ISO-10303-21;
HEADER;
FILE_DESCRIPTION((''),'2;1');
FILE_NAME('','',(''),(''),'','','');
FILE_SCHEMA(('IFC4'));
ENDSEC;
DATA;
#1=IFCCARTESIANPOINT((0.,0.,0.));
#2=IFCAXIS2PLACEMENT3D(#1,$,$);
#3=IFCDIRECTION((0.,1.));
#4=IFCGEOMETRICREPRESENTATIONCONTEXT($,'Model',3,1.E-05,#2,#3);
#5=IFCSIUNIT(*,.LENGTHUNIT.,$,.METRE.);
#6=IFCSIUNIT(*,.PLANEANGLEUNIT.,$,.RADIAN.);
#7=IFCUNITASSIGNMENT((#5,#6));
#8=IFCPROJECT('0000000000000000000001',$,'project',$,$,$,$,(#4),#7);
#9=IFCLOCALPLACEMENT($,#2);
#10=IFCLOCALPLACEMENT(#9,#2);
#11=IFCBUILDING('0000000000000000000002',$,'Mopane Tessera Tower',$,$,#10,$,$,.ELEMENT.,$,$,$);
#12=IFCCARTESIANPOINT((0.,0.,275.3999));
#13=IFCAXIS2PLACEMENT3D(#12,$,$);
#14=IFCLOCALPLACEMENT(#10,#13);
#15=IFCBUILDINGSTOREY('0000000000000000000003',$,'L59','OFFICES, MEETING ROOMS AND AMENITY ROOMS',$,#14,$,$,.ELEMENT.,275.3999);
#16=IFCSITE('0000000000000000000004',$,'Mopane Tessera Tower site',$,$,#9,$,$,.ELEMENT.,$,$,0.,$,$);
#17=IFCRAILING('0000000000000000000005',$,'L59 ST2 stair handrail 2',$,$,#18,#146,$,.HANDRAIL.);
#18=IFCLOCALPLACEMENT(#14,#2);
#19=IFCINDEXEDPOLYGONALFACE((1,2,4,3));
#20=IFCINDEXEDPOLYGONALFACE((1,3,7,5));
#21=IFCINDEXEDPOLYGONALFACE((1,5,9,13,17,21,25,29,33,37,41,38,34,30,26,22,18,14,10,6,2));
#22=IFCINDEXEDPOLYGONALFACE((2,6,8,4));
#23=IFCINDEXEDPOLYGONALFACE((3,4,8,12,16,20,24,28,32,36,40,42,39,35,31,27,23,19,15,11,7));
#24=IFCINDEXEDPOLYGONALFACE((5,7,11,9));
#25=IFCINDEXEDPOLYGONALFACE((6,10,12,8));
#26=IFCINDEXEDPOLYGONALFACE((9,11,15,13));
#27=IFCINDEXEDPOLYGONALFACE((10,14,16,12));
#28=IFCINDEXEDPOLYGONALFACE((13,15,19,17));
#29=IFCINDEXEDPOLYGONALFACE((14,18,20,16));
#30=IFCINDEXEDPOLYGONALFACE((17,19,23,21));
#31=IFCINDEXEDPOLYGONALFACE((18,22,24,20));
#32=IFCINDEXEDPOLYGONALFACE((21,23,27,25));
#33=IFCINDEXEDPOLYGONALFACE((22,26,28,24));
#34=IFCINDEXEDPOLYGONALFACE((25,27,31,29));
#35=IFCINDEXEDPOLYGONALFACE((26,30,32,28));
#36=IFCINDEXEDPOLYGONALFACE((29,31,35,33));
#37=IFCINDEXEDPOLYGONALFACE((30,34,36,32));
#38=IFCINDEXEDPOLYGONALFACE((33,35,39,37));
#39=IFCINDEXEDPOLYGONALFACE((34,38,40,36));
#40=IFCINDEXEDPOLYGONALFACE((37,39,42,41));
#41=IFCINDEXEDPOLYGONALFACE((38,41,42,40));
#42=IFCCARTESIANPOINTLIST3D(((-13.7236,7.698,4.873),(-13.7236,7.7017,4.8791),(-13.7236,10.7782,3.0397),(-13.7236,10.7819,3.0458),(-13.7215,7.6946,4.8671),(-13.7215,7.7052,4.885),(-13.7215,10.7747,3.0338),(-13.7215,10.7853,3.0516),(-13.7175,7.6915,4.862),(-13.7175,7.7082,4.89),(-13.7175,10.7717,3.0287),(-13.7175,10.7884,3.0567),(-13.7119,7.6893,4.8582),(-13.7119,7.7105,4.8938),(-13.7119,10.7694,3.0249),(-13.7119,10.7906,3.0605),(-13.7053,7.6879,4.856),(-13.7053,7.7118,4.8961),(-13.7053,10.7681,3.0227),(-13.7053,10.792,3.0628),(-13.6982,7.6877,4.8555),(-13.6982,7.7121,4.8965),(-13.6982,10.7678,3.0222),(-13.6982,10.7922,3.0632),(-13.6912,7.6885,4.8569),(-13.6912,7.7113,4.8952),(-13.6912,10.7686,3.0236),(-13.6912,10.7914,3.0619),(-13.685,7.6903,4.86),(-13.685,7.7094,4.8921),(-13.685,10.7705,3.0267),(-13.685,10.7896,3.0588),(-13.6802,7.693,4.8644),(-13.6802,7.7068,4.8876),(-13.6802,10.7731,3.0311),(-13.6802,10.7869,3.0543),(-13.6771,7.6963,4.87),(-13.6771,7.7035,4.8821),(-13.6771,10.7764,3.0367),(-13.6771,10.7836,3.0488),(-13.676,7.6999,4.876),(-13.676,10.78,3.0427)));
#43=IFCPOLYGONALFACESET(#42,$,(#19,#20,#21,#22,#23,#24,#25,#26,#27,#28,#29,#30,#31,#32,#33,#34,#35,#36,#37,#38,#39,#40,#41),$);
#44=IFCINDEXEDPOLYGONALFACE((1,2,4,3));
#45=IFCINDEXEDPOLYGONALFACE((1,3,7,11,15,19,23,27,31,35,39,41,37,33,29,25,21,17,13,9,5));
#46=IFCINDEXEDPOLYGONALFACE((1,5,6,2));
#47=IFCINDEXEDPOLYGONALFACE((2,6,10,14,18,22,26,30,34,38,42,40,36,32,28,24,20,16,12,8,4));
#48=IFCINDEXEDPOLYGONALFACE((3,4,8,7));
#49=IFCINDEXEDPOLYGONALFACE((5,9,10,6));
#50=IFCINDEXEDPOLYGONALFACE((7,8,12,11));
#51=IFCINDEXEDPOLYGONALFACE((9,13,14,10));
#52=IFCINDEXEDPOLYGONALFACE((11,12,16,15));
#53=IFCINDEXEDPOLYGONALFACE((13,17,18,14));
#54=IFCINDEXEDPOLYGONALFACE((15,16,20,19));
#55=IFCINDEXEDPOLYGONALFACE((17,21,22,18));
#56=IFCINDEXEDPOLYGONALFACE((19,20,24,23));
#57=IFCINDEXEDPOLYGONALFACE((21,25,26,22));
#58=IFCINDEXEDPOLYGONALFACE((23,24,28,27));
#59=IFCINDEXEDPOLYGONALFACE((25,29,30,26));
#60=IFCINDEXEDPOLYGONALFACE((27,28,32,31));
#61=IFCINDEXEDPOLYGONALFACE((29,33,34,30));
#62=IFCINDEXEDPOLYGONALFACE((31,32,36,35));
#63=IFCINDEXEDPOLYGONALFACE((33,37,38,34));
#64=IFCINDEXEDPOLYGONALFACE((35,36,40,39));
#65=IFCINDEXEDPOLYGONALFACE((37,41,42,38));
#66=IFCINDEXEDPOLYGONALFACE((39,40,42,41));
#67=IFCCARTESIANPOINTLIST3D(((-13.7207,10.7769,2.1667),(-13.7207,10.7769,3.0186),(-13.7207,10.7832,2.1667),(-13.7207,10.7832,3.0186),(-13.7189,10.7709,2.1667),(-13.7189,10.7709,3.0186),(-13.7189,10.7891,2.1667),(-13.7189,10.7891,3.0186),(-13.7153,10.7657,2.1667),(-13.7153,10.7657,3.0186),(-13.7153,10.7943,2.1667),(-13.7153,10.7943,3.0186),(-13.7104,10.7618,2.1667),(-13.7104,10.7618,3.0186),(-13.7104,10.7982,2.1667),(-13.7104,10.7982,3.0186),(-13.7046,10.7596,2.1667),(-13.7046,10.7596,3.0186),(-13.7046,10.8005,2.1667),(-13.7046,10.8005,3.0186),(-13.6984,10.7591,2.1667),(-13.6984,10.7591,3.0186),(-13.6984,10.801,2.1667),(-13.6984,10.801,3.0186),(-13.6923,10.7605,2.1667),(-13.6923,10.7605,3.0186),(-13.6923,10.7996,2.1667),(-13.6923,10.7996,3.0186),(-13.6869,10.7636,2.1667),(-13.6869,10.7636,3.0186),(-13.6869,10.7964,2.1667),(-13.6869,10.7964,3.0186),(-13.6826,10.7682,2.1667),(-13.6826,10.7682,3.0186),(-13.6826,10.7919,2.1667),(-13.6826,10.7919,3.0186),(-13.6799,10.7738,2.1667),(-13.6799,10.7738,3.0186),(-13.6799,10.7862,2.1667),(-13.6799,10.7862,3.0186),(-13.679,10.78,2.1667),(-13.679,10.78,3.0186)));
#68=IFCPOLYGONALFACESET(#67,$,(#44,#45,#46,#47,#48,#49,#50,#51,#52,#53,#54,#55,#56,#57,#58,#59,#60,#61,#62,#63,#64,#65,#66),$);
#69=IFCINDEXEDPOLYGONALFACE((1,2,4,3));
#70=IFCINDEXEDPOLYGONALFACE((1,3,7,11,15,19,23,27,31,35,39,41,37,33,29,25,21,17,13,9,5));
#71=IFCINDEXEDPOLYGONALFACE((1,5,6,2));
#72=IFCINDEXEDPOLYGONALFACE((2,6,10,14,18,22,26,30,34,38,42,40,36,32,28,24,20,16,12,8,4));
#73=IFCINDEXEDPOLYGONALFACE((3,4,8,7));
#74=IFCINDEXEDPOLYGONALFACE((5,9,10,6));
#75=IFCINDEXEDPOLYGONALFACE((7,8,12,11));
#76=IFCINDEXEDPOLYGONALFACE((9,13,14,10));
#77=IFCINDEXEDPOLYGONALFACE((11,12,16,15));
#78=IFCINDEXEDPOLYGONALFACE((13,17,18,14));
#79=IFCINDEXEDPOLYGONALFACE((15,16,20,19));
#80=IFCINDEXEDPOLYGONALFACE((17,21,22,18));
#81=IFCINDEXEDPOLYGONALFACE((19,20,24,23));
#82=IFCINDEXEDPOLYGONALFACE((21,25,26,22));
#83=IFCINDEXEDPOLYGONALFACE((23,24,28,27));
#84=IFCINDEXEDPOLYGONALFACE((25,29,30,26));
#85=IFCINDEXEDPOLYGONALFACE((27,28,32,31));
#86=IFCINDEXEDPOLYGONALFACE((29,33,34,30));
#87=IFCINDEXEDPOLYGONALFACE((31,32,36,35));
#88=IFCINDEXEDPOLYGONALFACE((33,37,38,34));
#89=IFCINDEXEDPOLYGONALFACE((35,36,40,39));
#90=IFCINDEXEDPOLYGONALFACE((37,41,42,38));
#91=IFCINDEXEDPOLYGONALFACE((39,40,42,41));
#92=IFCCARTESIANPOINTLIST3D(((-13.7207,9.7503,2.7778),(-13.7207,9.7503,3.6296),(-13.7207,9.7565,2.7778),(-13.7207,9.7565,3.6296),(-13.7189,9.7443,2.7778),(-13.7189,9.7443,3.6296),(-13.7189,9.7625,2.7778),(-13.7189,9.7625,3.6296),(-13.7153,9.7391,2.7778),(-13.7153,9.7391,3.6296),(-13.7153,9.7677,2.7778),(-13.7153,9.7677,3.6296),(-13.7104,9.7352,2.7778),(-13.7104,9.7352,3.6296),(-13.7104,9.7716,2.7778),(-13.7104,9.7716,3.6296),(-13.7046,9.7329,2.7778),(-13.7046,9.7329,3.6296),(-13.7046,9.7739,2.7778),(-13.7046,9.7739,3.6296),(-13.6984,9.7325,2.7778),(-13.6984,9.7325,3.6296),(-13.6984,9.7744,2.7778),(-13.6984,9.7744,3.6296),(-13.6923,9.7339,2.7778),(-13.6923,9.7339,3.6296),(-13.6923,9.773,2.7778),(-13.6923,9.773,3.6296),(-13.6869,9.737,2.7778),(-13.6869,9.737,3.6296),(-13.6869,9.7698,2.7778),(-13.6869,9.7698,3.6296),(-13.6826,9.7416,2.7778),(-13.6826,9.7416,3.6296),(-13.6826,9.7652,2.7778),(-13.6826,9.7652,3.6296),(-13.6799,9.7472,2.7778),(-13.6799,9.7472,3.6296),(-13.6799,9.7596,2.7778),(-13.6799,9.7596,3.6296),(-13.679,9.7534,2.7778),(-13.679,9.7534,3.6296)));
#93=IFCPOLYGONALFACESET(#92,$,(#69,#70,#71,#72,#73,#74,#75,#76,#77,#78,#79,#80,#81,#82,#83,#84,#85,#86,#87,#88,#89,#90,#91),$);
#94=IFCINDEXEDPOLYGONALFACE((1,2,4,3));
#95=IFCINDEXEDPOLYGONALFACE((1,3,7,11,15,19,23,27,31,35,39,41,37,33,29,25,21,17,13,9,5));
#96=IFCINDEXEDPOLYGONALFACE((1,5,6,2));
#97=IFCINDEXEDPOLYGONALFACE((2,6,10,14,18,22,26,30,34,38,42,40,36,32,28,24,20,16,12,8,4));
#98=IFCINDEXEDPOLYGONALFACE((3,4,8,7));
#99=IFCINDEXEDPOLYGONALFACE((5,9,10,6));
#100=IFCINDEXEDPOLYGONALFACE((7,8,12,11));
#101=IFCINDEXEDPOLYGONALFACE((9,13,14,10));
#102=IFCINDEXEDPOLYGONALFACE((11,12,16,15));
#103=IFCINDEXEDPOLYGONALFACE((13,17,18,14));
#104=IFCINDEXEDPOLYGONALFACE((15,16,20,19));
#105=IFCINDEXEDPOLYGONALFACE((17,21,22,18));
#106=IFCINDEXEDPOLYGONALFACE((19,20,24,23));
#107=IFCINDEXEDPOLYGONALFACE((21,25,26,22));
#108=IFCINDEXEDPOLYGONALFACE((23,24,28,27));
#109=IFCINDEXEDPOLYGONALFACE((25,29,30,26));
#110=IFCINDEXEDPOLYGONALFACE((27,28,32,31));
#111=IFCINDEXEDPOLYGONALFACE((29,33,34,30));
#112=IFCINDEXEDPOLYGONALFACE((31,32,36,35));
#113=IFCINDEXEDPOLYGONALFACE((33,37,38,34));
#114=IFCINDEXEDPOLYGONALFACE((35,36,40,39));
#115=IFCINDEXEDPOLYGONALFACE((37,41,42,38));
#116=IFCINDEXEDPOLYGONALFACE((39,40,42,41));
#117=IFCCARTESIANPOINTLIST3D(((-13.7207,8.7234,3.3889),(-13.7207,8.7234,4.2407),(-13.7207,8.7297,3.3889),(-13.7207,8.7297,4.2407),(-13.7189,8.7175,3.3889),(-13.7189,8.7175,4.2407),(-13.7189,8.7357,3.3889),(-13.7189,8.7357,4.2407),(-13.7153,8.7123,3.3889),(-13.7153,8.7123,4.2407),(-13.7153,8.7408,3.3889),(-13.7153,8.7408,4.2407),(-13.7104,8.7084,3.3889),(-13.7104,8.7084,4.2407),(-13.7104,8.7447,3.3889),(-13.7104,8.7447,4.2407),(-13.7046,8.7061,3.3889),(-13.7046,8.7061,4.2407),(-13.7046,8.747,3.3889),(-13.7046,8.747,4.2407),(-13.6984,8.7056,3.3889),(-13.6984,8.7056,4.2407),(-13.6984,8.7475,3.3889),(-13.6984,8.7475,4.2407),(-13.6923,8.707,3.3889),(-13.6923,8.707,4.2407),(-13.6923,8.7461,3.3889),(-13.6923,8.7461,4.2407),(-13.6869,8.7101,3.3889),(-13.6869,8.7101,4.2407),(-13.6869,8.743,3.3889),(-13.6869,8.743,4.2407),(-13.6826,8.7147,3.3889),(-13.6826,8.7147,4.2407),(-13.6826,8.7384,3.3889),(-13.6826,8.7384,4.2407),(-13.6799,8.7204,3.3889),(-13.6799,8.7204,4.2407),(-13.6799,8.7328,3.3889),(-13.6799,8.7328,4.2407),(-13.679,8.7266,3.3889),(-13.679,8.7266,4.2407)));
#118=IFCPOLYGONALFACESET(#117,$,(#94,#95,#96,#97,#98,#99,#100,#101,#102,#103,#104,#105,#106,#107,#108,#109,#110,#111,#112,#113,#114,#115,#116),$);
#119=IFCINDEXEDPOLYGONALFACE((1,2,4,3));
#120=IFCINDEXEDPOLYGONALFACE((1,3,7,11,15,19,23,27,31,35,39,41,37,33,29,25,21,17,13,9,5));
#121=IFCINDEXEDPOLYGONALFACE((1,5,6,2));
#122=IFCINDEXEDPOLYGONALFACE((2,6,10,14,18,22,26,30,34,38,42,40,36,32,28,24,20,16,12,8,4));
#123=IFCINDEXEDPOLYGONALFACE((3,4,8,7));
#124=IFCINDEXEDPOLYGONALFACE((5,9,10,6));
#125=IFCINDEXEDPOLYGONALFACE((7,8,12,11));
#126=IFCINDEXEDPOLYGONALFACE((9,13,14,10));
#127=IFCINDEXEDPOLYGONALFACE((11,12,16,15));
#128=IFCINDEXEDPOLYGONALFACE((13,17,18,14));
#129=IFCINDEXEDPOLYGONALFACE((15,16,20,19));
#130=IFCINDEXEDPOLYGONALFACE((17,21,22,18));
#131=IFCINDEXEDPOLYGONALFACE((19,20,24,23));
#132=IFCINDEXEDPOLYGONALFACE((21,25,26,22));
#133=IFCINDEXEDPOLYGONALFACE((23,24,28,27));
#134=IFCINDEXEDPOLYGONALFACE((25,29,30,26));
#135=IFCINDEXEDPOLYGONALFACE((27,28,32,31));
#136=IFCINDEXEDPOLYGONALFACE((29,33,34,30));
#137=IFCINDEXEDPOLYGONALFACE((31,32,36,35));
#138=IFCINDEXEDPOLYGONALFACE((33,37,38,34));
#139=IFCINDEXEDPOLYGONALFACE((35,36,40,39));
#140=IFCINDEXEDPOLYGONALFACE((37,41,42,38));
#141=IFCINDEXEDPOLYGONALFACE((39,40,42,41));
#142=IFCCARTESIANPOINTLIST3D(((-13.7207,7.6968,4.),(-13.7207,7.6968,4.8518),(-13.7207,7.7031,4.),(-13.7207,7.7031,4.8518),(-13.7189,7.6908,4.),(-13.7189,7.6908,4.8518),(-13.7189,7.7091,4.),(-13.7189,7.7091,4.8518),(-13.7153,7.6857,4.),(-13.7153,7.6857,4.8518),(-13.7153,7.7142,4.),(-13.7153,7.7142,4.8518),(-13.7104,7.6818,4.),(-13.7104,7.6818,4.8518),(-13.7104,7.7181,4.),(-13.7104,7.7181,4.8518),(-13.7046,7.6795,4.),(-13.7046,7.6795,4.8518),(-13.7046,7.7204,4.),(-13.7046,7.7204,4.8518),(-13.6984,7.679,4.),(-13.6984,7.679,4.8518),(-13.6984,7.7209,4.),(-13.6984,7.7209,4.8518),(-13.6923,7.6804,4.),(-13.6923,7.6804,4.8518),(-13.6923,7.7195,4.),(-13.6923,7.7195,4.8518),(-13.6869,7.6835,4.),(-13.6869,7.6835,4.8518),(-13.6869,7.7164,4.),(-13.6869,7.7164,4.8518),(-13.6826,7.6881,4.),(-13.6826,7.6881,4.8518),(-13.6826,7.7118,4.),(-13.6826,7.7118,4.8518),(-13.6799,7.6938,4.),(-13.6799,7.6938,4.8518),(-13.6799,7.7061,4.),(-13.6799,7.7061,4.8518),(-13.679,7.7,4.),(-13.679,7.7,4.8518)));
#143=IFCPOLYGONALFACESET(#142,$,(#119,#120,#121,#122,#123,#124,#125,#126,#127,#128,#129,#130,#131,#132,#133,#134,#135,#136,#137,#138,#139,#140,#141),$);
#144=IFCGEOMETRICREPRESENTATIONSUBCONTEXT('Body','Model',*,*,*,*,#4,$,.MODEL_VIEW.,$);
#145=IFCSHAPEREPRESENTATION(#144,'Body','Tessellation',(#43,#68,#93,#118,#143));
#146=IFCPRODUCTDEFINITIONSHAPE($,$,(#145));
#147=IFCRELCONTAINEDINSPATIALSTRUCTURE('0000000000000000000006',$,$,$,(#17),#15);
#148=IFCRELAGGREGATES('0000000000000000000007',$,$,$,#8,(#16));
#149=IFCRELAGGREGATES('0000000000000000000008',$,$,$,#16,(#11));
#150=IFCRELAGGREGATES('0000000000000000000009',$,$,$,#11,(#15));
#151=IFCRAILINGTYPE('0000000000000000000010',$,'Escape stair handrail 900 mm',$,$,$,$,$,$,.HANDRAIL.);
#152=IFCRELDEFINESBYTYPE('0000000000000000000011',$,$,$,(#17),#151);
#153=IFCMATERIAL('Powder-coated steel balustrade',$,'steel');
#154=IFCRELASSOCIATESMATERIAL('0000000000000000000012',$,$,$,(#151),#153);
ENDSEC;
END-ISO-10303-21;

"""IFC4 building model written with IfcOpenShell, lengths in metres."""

from ifc_helpers import new_model, si_unit, direction, frame, origin, origin_2d, place, context, subcontext, project, spatial, circle, extrude, material, type_object, element, save


model = new_model("IFC4")

# Units and contexts
model_context = context("Model", 3, precision=1e-05, world=origin(), true_north=direction((0.0, 1.0)))
body_context = subcontext(model_context, "Body", "Model", "MODEL_VIEW")
ifc_project = project(units=[si_unit("LENGTHUNIT", "METRE"), si_unit("PLANEANGLEUNIT", "RADIAN")], contexts=[model_context])

# Site, building, storey
site_placement = place(None, origin())
site = spatial("IfcSite", under=ifc_project, at=site_placement, Name="Mopane Tessera Tower site", CompositionType="ELEMENT", RefElevation=0.0)
building_placement = place(site_placement, origin())
building = spatial("IfcBuilding", under=site, at=building_placement, Name="Mopane Tessera Tower", CompositionType="ELEMENT")
storey_placement = place(building_placement, frame((0.0, 0.0, 275.3999)))
storey = spatial("IfcBuildingStorey", under=building, at=storey_placement, Name="L59", Description="OFFICES, MEETING ROOMS AND AMENITY ROOMS", CompositionType="ELEMENT", Elevation=275.3999)

# Railing
ifc_material_1 = material(Name="Powder-coated steel balustrade", Category="steel")
railing_type_1 = type_object("IfcRailingType", Name="Escape stair handrail 900 mm", PredefinedType="HANDRAIL", material=ifc_material_1)
railing_1_placement = place(storey_placement, frame((-13.7, 10.78, 2.1667)))
element("IfcRailing", 1, at=railing_1_placement, inside=storey, type_object=railing_type_1, Name="L59 ST2 stair handrail 2", PredefinedType="HANDRAIL", context=body_context, shape_type="SweptSolid", body=[
    extrude(circle(Radius=0.0239, at=origin_2d()), frame((0.0, 0.0, 0.876), z_axis=(0.0, -0.859309, 0.511458), x_axis=(1.0, 0.0, 0.0)), (0.0, 0.0, 1.0), 3.5845),
    extrude(circle(Radius=0.021, at=origin_2d()), origin(), (0.0, 0.0, 1.0), 0.8518),
    extrude(circle(Radius=0.021, at=origin_2d()), frame((0.0, -1.0266, 0.6111)), (0.0, 0.0, 1.0), 0.8518),
    extrude(circle(Radius=0.021, at=origin_2d()), frame((0.0, -2.0535, 1.2222)), (0.0, 0.0, 1.0), 0.8518),
    extrude(circle(Radius=0.021, at=origin_2d()), frame((0.0, -3.0801, 1.8333)), (0.0, 0.0, 1.0), 0.8518),
])

save(model, "model.ifc")
